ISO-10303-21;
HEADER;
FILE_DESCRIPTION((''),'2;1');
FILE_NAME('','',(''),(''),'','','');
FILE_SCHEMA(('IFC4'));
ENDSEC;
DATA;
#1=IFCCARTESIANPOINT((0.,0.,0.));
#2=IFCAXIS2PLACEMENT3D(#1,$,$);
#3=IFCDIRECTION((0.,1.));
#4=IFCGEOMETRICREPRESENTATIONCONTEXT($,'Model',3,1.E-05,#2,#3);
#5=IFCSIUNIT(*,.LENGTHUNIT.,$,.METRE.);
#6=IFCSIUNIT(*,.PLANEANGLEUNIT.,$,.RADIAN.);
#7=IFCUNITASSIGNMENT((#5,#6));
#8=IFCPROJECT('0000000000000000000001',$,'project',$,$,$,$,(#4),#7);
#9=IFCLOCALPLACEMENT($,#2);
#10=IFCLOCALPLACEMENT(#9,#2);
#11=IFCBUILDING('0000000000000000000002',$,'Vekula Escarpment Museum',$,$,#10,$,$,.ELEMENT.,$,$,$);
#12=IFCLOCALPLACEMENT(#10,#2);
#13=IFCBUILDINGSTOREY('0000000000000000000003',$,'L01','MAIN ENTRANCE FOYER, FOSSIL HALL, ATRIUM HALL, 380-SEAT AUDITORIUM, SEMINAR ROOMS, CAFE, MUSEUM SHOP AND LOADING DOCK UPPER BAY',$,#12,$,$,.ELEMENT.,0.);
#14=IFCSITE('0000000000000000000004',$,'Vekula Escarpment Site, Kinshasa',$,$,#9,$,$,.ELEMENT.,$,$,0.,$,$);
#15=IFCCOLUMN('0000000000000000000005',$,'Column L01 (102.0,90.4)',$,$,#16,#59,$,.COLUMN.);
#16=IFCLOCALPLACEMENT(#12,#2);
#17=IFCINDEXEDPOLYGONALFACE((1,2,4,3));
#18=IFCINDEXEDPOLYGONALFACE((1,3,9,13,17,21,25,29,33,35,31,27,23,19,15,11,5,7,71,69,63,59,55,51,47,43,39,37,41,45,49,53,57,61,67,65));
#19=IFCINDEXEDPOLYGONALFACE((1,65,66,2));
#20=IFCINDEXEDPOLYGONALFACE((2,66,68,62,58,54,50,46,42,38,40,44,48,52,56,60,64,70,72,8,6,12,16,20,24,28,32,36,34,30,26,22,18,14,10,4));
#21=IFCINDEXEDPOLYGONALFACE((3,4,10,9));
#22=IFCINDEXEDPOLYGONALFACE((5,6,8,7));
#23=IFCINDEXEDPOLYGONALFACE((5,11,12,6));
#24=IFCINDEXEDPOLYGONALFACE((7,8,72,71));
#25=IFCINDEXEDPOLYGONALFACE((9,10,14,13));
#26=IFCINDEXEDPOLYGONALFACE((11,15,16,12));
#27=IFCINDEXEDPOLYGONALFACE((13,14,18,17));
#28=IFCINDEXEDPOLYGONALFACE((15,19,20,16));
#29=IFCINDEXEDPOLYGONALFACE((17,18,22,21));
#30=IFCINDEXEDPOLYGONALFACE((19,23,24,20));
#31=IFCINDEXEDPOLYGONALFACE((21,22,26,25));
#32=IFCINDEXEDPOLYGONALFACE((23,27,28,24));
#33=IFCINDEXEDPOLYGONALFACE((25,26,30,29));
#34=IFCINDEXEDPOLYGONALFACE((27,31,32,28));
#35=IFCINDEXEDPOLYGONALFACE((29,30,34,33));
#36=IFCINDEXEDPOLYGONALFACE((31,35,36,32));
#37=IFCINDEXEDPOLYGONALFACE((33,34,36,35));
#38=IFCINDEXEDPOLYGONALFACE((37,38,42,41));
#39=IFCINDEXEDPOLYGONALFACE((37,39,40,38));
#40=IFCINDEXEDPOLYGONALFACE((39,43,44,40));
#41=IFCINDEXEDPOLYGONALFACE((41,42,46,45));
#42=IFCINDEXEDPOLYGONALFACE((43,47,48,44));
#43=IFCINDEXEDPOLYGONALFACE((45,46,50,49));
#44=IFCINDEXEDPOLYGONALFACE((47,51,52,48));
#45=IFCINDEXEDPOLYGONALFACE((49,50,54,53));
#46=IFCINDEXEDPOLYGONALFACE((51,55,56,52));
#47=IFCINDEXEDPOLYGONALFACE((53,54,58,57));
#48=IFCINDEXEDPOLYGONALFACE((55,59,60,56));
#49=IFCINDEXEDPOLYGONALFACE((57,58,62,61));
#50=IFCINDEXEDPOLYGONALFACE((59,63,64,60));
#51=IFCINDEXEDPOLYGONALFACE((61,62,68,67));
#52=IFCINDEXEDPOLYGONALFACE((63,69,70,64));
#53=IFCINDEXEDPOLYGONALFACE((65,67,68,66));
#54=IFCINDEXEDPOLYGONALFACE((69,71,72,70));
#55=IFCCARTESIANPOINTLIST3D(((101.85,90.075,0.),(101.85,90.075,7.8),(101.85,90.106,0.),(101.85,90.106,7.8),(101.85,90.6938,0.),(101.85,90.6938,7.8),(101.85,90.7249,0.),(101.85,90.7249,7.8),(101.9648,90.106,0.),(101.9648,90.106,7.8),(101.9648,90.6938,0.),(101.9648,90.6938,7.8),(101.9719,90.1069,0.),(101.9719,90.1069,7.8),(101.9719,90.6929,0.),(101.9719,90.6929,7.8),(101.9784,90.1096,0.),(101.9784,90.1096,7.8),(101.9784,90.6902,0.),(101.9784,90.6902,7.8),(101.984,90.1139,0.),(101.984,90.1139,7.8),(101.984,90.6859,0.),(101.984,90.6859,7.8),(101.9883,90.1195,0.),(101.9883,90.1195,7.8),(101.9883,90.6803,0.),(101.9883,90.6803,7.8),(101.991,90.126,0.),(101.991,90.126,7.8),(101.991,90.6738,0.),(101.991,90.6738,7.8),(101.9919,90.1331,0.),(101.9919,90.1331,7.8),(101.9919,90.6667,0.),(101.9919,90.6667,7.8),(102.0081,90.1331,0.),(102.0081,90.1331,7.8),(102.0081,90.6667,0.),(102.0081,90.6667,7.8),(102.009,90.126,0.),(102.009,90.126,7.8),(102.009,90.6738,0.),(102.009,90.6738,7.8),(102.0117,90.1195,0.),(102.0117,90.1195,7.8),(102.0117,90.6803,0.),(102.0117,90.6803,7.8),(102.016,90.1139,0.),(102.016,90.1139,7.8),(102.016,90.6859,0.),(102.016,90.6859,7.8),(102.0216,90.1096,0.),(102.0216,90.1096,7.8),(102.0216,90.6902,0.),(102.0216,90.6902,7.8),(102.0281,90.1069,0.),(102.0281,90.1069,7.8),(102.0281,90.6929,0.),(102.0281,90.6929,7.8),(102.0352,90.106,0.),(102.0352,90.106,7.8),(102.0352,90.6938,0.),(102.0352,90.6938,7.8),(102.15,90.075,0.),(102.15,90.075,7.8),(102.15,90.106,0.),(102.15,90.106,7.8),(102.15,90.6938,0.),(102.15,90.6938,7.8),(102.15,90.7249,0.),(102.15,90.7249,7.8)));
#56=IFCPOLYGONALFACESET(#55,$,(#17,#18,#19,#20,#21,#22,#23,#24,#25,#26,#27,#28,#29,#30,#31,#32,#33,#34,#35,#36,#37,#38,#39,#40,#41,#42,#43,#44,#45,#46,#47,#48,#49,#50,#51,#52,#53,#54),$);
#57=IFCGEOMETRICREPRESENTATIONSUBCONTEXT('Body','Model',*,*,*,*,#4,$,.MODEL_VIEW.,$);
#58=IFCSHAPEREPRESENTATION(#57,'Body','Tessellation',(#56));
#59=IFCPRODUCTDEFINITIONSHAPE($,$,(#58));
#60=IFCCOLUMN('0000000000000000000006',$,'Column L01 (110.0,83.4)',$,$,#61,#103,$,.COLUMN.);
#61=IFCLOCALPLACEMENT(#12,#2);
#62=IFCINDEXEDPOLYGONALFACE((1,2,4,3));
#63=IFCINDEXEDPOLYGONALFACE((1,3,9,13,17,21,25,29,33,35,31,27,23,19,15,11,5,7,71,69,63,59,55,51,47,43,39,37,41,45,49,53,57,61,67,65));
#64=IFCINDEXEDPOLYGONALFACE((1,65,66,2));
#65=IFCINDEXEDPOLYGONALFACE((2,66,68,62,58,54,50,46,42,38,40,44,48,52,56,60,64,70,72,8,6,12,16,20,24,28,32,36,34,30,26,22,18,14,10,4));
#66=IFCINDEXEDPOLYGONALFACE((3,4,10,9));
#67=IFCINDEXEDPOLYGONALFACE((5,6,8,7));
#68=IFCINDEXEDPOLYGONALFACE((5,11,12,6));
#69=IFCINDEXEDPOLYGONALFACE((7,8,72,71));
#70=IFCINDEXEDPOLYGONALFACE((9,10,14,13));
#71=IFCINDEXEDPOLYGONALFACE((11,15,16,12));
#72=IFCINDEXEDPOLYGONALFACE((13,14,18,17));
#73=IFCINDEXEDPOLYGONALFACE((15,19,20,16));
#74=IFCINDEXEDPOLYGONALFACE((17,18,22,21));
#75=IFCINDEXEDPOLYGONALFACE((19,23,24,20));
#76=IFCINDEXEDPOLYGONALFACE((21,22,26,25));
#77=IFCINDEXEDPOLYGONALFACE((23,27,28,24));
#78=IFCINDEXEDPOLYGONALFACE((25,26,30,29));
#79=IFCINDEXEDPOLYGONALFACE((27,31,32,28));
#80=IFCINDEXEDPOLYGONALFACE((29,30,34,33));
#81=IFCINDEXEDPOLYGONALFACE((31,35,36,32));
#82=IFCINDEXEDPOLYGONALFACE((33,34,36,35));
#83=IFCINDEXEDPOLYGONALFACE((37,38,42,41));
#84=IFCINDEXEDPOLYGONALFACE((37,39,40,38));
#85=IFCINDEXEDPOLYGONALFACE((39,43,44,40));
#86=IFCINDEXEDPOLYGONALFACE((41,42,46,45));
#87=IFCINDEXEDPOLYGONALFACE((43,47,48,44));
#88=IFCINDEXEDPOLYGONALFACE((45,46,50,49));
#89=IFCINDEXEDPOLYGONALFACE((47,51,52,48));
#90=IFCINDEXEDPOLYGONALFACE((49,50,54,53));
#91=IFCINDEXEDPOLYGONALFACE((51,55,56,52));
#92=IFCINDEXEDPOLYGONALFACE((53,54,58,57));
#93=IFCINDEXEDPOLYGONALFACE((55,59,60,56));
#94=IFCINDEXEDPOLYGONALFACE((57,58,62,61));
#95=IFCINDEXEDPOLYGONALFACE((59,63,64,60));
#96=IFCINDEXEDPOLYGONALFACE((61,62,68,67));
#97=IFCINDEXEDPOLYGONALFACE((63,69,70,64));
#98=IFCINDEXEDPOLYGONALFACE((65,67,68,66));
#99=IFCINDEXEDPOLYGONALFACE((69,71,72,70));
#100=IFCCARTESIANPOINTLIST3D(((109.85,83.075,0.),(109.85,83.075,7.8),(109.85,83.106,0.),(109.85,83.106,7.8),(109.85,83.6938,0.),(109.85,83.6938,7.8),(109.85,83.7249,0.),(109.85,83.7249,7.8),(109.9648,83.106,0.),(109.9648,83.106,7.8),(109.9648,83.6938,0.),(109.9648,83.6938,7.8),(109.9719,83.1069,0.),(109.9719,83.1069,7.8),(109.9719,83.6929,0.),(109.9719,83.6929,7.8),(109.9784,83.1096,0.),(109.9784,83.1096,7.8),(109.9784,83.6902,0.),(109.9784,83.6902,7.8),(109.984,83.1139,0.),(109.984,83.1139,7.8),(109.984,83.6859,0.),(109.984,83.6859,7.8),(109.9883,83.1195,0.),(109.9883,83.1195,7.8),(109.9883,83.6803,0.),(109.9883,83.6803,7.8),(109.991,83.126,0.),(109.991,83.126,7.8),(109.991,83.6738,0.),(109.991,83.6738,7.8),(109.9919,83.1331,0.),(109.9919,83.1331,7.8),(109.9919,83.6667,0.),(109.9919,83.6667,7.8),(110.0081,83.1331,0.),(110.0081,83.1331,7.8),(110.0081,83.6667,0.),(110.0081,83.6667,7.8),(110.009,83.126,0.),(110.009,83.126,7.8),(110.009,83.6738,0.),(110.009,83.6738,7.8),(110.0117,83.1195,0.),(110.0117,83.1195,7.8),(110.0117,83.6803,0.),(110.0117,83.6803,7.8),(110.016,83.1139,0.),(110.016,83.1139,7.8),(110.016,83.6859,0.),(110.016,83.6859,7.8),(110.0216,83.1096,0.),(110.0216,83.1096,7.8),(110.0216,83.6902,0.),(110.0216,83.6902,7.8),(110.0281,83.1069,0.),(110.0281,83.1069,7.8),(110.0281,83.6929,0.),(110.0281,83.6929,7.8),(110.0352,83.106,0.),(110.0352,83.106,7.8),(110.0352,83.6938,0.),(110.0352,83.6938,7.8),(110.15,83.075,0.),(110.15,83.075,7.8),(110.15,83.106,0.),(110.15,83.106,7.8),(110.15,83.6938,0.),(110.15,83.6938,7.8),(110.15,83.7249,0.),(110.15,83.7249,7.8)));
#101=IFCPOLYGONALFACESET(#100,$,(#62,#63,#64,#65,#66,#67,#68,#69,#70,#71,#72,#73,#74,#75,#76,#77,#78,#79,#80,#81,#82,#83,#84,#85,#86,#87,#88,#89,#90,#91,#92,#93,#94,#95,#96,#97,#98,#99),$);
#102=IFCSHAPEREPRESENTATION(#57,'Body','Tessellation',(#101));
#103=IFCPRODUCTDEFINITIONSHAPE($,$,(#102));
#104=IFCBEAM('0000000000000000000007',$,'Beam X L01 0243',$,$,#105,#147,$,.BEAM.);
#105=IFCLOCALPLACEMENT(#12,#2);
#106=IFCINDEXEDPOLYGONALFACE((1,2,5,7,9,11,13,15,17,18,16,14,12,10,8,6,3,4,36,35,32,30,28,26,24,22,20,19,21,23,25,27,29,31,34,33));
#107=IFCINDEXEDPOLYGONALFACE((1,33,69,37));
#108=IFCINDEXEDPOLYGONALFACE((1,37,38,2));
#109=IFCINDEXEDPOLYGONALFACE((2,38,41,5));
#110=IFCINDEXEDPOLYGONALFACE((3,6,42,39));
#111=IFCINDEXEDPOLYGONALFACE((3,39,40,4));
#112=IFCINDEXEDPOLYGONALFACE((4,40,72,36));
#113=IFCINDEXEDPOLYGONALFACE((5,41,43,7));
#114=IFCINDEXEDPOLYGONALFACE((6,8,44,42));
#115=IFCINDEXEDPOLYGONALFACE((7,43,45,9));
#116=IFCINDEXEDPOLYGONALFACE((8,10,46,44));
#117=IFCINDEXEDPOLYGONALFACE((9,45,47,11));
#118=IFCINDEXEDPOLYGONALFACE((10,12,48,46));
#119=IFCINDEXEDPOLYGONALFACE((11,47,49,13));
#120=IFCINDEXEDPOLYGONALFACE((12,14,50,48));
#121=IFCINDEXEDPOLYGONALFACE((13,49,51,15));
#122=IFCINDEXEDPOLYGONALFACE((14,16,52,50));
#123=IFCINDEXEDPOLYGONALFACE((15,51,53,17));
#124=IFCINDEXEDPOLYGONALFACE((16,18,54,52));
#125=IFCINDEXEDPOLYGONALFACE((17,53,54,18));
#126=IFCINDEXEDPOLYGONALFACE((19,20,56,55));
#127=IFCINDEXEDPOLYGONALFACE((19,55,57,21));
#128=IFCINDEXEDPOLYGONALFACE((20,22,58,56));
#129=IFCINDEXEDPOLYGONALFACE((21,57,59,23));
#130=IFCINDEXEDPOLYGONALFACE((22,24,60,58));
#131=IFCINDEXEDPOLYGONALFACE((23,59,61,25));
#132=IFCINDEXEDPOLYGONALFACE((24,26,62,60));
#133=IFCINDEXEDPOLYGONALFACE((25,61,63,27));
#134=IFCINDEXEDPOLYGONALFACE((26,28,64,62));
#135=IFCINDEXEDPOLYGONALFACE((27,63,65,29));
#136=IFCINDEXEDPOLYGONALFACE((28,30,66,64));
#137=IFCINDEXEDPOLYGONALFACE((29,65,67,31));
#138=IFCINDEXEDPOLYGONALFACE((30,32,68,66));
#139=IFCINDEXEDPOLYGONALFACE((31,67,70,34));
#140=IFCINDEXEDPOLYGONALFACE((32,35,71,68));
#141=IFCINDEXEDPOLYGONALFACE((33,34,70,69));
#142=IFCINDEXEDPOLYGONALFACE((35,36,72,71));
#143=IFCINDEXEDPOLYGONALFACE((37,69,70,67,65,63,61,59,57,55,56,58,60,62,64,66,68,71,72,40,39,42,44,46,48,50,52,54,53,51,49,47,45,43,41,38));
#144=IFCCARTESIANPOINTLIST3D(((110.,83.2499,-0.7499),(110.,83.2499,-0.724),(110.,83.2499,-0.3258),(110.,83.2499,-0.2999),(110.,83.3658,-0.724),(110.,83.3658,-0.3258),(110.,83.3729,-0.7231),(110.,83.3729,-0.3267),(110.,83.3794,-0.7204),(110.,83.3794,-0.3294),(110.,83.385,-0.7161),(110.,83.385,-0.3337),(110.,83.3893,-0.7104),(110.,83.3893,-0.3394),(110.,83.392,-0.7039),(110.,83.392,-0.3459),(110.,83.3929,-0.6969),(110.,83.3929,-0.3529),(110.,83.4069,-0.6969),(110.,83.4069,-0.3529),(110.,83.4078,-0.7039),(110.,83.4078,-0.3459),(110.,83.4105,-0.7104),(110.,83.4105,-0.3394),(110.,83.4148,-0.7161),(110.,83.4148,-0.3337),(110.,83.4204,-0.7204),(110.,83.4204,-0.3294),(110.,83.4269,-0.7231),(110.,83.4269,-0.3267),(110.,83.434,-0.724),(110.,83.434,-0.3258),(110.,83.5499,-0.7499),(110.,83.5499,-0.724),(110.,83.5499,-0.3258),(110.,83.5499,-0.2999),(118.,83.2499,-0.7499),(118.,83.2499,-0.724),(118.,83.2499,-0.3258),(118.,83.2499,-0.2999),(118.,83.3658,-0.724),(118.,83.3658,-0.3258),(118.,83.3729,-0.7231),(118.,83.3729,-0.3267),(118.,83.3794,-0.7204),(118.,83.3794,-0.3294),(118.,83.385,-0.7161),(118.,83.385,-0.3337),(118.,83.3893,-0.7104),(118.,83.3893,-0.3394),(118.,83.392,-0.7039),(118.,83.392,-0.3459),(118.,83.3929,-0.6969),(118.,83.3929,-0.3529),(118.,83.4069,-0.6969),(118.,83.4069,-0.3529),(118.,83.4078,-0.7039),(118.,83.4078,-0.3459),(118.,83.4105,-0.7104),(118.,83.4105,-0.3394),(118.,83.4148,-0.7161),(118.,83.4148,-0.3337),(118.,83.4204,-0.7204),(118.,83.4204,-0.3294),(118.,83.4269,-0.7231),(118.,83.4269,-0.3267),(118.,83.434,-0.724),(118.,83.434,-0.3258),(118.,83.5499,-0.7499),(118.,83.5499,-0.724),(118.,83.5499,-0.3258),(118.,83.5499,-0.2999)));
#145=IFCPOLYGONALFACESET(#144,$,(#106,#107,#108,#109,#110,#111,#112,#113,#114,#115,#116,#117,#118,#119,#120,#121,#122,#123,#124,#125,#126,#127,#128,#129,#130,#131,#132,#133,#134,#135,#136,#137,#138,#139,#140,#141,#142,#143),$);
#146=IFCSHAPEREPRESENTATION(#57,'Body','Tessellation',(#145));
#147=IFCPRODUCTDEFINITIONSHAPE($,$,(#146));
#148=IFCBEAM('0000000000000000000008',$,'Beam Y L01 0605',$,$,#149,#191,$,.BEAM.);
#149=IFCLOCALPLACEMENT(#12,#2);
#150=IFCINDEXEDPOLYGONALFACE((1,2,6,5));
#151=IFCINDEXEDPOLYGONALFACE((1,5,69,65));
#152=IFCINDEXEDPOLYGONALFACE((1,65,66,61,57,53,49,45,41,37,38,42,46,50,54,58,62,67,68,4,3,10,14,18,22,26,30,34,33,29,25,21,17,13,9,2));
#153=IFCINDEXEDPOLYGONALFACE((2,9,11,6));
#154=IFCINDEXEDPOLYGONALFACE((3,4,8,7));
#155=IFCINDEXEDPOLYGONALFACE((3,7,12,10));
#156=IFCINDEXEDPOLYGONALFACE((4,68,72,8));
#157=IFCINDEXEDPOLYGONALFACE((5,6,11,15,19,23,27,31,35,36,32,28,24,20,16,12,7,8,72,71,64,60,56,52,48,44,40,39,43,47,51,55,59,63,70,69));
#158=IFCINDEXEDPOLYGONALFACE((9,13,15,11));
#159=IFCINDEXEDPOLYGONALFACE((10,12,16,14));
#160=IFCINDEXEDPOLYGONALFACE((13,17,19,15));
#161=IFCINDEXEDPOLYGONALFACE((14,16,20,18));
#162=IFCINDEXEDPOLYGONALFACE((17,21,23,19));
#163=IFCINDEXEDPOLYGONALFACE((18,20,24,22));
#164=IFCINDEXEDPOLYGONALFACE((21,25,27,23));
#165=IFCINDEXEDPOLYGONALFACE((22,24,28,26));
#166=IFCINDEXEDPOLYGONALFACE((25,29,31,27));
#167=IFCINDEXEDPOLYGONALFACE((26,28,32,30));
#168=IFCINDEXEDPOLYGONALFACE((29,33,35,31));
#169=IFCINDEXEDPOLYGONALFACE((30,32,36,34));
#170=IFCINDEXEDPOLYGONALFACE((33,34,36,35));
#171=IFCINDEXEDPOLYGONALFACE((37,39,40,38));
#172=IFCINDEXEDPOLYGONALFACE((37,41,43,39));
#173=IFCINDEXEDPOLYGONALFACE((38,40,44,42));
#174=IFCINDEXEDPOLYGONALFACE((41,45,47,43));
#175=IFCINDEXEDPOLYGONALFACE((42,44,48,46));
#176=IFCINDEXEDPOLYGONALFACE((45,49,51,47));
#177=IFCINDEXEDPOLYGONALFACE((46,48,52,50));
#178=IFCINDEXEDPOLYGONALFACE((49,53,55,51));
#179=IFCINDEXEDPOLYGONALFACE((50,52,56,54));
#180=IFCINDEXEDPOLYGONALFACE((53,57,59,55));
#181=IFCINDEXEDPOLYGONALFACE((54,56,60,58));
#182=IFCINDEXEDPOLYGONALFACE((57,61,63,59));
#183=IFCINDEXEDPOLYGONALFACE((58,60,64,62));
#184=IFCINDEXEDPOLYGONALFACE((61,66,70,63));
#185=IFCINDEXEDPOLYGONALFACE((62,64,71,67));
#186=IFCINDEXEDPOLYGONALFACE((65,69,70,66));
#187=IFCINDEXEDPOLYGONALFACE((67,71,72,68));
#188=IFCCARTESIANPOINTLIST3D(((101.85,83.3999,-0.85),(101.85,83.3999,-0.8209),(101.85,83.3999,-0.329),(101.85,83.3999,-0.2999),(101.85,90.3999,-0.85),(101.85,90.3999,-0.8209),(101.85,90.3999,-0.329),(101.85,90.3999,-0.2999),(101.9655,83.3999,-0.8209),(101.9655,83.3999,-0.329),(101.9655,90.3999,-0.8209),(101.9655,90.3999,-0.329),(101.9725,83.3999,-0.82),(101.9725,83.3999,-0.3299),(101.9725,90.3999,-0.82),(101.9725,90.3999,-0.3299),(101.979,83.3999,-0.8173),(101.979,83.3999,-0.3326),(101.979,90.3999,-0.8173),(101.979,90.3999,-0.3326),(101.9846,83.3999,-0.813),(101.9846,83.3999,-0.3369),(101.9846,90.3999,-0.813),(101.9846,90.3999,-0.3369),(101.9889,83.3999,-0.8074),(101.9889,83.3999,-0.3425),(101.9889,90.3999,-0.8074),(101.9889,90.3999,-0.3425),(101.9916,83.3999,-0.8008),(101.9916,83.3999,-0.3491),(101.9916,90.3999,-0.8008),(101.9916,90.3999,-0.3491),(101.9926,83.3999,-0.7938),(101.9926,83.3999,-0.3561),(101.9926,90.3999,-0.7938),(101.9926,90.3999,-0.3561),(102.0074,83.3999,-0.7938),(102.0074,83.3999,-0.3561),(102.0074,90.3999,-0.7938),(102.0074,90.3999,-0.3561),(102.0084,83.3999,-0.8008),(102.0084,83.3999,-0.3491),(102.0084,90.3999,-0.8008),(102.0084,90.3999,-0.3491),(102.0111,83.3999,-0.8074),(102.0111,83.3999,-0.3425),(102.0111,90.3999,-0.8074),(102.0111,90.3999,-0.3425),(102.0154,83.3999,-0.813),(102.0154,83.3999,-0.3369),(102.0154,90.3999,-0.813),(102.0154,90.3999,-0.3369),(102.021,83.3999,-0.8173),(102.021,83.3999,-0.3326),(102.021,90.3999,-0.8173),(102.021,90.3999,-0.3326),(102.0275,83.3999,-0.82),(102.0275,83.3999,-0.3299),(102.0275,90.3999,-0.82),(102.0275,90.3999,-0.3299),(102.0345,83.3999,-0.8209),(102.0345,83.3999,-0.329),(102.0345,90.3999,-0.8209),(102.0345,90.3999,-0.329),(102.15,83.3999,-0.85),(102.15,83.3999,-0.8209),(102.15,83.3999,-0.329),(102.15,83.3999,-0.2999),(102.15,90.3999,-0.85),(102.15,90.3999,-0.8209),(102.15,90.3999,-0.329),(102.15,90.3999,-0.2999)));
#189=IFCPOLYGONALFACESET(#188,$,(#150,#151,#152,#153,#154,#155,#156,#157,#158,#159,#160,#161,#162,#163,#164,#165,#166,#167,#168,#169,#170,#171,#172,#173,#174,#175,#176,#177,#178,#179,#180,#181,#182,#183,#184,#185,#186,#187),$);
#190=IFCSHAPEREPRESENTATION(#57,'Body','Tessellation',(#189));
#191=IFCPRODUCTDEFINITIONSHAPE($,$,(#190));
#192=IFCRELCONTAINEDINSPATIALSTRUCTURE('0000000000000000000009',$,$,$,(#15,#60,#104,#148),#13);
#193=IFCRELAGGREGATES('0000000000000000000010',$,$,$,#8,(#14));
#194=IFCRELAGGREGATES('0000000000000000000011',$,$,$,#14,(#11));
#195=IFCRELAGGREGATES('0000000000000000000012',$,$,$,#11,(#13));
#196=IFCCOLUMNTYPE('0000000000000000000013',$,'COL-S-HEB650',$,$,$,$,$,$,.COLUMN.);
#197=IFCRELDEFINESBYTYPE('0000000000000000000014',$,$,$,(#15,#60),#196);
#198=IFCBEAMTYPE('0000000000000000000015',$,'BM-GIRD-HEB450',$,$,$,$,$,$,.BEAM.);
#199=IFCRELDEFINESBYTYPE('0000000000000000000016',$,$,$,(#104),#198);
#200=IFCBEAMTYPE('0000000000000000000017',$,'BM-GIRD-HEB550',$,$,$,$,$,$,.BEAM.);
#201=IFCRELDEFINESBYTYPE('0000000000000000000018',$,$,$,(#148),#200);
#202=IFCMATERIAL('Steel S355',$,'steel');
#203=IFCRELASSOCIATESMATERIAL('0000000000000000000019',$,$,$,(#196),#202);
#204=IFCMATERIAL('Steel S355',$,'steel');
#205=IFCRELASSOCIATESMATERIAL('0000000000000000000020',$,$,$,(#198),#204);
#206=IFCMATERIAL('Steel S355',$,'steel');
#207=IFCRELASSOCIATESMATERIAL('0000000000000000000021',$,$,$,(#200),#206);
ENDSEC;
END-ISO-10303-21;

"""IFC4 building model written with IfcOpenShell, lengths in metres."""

from ifc_helpers import new_model, si_unit, direction, frame, origin, origin_2d, place, context, subcontext, project, spatial, i_section, extrude, material, material_profile, profile_set, type_object, element, save


model = new_model("IFC4")

# Units and contexts
model_context = context("Model", 3, precision=1e-05, world=origin(), true_north=direction((0.0, 1.0)))
body_context = subcontext(model_context, "Body", "Model", "MODEL_VIEW")
ifc_project = project(units=[si_unit("LENGTHUNIT", "METRE"), si_unit("PLANEANGLEUNIT", "RADIAN")], contexts=[model_context])

# Site, building, storey
site_placement = place(None, origin())
site = spatial("IfcSite", under=ifc_project, at=site_placement, Name="Vekula Escarpment Site, Kinshasa", CompositionType="ELEMENT", RefElevation=0.0)
building_placement = place(site_placement, origin())
building = spatial("IfcBuilding", under=site, at=building_placement, Name="Vekula Escarpment Museum", CompositionType="ELEMENT")
storey_placement = place(building_placement, origin())
storey = spatial("IfcBuildingStorey", under=building, at=storey_placement, Name="L01", Description="MAIN ENTRANCE FOYER, FOSSIL HALL, ATRIUM HALL, 380-SEAT AUDITORIUM, SEMINAR ROOMS, CAFE, MUSEUM SHOP AND LOADING DOCK UPPER BAY", CompositionType="ELEMENT", Elevation=0.0)

# Columns
ifc_material_1 = material(Name="Steel S355", Category="steel")
ifc_material_profile_1 = material_profile(ifc_material_1, i_section(OverallWidth=0.3, OverallDepth=0.6499, WebThickness=0.0161, FlangeThickness=0.031, FilletRadius=0.0271, at=origin_2d()), Name="HEB 650")
ifc_profile_set_1 = profile_set([ifc_material_profile_1], Name="Steel S355")
column_type = type_object("IfcColumnType", Name="COL-S-HEB650", PredefinedType="COLUMN", material=ifc_profile_set_1)
for number, where, z_axis, x_axis, name in (
    (1, (102.0, 90.3999, 0.0), (0.0, 0.0, 1.0), (1.0, 0.0, 0.0), "Column L01 (102.0,90.4)"),
    (2, (110.0, 83.3999, 0.0), (0.0, 0.0, 1.0), (1.0, 0.0, 0.0), "Column L01 (110.0,83.4)"),
):
    element("IfcColumn", number, at=place(storey_placement, frame(where, z_axis=z_axis, x_axis=x_axis)), inside=storey, type_object=column_type, Name=name, PredefinedType="COLUMN", context=body_context, shape_type="SweptSolid", body=[
        extrude(i_section(OverallWidth=0.3, OverallDepth=0.6499, WebThickness=0.0161, FlangeThickness=0.031, FilletRadius=0.0271, at=origin_2d()), origin(), (0.0, 0.0, 1.0), 7.8),
    ])

# Beams
ifc_material_2 = material(Name="Steel S355", Category="steel")
ifc_material_profile_2 = material_profile(ifc_material_2, i_section(OverallWidth=0.3, OverallDepth=0.45, WebThickness=0.0139, FlangeThickness=0.0259, FilletRadius=0.0271, at=origin_2d()), Name="HEB 450")
ifc_profile_set_2 = profile_set([ifc_material_profile_2], Name="Steel S355")
beam_type_1 = type_object("IfcBeamType", Name="BM-GIRD-HEB450", PredefinedType="BEAM", material=ifc_profile_set_2)
beam_1_placement = place(storey_placement, frame((110.0, 83.3999, -0.5249), z_axis=(1.0, 0.0, 0.0), x_axis=(0.0, 1.0, 0.0)))
element("IfcBeam", 3, at=beam_1_placement, inside=storey, type_object=beam_type_1, Name="Beam X L01 0243", PredefinedType="BEAM", context=body_context, shape_type="SweptSolid", body=[
    extrude(i_section(OverallWidth=0.3, OverallDepth=0.45, WebThickness=0.0139, FlangeThickness=0.0259, FilletRadius=0.0271, at=origin_2d()), origin(), (0.0, 0.0, 1.0), 8.0),
])
ifc_material_3 = material(Name="Steel S355", Category="steel")
ifc_material_profile_3 = material_profile(ifc_material_3, i_section(OverallWidth=0.3, OverallDepth=0.55, WebThickness=0.0149, FlangeThickness=0.0291, FilletRadius=0.0271, at=origin_2d()), Name="HEB 550")
ifc_profile_set_3 = profile_set([ifc_material_profile_3], Name="Steel S355")
beam_type_2 = type_object("IfcBeamType", Name="BM-GIRD-HEB550", PredefinedType="BEAM", material=ifc_profile_set_3)
beam_2_placement = place(storey_placement, frame((102.0, 83.3999, -0.575), z_axis=(0.0, 1.0, 0.0), x_axis=(-1.0, 0.0, 0.0)))
element("IfcBeam", 4, at=beam_2_placement, inside=storey, type_object=beam_type_2, Name="Beam Y L01 0605", PredefinedType="BEAM", context=body_context, shape_type="SweptSolid", body=[
    extrude(i_section(OverallWidth=0.3, OverallDepth=0.55, WebThickness=0.0149, FlangeThickness=0.0291, FilletRadius=0.0271, at=origin_2d()), origin(), (0.0, 0.0, 1.0), 7.0),
])

save(model, "model.ifc")
